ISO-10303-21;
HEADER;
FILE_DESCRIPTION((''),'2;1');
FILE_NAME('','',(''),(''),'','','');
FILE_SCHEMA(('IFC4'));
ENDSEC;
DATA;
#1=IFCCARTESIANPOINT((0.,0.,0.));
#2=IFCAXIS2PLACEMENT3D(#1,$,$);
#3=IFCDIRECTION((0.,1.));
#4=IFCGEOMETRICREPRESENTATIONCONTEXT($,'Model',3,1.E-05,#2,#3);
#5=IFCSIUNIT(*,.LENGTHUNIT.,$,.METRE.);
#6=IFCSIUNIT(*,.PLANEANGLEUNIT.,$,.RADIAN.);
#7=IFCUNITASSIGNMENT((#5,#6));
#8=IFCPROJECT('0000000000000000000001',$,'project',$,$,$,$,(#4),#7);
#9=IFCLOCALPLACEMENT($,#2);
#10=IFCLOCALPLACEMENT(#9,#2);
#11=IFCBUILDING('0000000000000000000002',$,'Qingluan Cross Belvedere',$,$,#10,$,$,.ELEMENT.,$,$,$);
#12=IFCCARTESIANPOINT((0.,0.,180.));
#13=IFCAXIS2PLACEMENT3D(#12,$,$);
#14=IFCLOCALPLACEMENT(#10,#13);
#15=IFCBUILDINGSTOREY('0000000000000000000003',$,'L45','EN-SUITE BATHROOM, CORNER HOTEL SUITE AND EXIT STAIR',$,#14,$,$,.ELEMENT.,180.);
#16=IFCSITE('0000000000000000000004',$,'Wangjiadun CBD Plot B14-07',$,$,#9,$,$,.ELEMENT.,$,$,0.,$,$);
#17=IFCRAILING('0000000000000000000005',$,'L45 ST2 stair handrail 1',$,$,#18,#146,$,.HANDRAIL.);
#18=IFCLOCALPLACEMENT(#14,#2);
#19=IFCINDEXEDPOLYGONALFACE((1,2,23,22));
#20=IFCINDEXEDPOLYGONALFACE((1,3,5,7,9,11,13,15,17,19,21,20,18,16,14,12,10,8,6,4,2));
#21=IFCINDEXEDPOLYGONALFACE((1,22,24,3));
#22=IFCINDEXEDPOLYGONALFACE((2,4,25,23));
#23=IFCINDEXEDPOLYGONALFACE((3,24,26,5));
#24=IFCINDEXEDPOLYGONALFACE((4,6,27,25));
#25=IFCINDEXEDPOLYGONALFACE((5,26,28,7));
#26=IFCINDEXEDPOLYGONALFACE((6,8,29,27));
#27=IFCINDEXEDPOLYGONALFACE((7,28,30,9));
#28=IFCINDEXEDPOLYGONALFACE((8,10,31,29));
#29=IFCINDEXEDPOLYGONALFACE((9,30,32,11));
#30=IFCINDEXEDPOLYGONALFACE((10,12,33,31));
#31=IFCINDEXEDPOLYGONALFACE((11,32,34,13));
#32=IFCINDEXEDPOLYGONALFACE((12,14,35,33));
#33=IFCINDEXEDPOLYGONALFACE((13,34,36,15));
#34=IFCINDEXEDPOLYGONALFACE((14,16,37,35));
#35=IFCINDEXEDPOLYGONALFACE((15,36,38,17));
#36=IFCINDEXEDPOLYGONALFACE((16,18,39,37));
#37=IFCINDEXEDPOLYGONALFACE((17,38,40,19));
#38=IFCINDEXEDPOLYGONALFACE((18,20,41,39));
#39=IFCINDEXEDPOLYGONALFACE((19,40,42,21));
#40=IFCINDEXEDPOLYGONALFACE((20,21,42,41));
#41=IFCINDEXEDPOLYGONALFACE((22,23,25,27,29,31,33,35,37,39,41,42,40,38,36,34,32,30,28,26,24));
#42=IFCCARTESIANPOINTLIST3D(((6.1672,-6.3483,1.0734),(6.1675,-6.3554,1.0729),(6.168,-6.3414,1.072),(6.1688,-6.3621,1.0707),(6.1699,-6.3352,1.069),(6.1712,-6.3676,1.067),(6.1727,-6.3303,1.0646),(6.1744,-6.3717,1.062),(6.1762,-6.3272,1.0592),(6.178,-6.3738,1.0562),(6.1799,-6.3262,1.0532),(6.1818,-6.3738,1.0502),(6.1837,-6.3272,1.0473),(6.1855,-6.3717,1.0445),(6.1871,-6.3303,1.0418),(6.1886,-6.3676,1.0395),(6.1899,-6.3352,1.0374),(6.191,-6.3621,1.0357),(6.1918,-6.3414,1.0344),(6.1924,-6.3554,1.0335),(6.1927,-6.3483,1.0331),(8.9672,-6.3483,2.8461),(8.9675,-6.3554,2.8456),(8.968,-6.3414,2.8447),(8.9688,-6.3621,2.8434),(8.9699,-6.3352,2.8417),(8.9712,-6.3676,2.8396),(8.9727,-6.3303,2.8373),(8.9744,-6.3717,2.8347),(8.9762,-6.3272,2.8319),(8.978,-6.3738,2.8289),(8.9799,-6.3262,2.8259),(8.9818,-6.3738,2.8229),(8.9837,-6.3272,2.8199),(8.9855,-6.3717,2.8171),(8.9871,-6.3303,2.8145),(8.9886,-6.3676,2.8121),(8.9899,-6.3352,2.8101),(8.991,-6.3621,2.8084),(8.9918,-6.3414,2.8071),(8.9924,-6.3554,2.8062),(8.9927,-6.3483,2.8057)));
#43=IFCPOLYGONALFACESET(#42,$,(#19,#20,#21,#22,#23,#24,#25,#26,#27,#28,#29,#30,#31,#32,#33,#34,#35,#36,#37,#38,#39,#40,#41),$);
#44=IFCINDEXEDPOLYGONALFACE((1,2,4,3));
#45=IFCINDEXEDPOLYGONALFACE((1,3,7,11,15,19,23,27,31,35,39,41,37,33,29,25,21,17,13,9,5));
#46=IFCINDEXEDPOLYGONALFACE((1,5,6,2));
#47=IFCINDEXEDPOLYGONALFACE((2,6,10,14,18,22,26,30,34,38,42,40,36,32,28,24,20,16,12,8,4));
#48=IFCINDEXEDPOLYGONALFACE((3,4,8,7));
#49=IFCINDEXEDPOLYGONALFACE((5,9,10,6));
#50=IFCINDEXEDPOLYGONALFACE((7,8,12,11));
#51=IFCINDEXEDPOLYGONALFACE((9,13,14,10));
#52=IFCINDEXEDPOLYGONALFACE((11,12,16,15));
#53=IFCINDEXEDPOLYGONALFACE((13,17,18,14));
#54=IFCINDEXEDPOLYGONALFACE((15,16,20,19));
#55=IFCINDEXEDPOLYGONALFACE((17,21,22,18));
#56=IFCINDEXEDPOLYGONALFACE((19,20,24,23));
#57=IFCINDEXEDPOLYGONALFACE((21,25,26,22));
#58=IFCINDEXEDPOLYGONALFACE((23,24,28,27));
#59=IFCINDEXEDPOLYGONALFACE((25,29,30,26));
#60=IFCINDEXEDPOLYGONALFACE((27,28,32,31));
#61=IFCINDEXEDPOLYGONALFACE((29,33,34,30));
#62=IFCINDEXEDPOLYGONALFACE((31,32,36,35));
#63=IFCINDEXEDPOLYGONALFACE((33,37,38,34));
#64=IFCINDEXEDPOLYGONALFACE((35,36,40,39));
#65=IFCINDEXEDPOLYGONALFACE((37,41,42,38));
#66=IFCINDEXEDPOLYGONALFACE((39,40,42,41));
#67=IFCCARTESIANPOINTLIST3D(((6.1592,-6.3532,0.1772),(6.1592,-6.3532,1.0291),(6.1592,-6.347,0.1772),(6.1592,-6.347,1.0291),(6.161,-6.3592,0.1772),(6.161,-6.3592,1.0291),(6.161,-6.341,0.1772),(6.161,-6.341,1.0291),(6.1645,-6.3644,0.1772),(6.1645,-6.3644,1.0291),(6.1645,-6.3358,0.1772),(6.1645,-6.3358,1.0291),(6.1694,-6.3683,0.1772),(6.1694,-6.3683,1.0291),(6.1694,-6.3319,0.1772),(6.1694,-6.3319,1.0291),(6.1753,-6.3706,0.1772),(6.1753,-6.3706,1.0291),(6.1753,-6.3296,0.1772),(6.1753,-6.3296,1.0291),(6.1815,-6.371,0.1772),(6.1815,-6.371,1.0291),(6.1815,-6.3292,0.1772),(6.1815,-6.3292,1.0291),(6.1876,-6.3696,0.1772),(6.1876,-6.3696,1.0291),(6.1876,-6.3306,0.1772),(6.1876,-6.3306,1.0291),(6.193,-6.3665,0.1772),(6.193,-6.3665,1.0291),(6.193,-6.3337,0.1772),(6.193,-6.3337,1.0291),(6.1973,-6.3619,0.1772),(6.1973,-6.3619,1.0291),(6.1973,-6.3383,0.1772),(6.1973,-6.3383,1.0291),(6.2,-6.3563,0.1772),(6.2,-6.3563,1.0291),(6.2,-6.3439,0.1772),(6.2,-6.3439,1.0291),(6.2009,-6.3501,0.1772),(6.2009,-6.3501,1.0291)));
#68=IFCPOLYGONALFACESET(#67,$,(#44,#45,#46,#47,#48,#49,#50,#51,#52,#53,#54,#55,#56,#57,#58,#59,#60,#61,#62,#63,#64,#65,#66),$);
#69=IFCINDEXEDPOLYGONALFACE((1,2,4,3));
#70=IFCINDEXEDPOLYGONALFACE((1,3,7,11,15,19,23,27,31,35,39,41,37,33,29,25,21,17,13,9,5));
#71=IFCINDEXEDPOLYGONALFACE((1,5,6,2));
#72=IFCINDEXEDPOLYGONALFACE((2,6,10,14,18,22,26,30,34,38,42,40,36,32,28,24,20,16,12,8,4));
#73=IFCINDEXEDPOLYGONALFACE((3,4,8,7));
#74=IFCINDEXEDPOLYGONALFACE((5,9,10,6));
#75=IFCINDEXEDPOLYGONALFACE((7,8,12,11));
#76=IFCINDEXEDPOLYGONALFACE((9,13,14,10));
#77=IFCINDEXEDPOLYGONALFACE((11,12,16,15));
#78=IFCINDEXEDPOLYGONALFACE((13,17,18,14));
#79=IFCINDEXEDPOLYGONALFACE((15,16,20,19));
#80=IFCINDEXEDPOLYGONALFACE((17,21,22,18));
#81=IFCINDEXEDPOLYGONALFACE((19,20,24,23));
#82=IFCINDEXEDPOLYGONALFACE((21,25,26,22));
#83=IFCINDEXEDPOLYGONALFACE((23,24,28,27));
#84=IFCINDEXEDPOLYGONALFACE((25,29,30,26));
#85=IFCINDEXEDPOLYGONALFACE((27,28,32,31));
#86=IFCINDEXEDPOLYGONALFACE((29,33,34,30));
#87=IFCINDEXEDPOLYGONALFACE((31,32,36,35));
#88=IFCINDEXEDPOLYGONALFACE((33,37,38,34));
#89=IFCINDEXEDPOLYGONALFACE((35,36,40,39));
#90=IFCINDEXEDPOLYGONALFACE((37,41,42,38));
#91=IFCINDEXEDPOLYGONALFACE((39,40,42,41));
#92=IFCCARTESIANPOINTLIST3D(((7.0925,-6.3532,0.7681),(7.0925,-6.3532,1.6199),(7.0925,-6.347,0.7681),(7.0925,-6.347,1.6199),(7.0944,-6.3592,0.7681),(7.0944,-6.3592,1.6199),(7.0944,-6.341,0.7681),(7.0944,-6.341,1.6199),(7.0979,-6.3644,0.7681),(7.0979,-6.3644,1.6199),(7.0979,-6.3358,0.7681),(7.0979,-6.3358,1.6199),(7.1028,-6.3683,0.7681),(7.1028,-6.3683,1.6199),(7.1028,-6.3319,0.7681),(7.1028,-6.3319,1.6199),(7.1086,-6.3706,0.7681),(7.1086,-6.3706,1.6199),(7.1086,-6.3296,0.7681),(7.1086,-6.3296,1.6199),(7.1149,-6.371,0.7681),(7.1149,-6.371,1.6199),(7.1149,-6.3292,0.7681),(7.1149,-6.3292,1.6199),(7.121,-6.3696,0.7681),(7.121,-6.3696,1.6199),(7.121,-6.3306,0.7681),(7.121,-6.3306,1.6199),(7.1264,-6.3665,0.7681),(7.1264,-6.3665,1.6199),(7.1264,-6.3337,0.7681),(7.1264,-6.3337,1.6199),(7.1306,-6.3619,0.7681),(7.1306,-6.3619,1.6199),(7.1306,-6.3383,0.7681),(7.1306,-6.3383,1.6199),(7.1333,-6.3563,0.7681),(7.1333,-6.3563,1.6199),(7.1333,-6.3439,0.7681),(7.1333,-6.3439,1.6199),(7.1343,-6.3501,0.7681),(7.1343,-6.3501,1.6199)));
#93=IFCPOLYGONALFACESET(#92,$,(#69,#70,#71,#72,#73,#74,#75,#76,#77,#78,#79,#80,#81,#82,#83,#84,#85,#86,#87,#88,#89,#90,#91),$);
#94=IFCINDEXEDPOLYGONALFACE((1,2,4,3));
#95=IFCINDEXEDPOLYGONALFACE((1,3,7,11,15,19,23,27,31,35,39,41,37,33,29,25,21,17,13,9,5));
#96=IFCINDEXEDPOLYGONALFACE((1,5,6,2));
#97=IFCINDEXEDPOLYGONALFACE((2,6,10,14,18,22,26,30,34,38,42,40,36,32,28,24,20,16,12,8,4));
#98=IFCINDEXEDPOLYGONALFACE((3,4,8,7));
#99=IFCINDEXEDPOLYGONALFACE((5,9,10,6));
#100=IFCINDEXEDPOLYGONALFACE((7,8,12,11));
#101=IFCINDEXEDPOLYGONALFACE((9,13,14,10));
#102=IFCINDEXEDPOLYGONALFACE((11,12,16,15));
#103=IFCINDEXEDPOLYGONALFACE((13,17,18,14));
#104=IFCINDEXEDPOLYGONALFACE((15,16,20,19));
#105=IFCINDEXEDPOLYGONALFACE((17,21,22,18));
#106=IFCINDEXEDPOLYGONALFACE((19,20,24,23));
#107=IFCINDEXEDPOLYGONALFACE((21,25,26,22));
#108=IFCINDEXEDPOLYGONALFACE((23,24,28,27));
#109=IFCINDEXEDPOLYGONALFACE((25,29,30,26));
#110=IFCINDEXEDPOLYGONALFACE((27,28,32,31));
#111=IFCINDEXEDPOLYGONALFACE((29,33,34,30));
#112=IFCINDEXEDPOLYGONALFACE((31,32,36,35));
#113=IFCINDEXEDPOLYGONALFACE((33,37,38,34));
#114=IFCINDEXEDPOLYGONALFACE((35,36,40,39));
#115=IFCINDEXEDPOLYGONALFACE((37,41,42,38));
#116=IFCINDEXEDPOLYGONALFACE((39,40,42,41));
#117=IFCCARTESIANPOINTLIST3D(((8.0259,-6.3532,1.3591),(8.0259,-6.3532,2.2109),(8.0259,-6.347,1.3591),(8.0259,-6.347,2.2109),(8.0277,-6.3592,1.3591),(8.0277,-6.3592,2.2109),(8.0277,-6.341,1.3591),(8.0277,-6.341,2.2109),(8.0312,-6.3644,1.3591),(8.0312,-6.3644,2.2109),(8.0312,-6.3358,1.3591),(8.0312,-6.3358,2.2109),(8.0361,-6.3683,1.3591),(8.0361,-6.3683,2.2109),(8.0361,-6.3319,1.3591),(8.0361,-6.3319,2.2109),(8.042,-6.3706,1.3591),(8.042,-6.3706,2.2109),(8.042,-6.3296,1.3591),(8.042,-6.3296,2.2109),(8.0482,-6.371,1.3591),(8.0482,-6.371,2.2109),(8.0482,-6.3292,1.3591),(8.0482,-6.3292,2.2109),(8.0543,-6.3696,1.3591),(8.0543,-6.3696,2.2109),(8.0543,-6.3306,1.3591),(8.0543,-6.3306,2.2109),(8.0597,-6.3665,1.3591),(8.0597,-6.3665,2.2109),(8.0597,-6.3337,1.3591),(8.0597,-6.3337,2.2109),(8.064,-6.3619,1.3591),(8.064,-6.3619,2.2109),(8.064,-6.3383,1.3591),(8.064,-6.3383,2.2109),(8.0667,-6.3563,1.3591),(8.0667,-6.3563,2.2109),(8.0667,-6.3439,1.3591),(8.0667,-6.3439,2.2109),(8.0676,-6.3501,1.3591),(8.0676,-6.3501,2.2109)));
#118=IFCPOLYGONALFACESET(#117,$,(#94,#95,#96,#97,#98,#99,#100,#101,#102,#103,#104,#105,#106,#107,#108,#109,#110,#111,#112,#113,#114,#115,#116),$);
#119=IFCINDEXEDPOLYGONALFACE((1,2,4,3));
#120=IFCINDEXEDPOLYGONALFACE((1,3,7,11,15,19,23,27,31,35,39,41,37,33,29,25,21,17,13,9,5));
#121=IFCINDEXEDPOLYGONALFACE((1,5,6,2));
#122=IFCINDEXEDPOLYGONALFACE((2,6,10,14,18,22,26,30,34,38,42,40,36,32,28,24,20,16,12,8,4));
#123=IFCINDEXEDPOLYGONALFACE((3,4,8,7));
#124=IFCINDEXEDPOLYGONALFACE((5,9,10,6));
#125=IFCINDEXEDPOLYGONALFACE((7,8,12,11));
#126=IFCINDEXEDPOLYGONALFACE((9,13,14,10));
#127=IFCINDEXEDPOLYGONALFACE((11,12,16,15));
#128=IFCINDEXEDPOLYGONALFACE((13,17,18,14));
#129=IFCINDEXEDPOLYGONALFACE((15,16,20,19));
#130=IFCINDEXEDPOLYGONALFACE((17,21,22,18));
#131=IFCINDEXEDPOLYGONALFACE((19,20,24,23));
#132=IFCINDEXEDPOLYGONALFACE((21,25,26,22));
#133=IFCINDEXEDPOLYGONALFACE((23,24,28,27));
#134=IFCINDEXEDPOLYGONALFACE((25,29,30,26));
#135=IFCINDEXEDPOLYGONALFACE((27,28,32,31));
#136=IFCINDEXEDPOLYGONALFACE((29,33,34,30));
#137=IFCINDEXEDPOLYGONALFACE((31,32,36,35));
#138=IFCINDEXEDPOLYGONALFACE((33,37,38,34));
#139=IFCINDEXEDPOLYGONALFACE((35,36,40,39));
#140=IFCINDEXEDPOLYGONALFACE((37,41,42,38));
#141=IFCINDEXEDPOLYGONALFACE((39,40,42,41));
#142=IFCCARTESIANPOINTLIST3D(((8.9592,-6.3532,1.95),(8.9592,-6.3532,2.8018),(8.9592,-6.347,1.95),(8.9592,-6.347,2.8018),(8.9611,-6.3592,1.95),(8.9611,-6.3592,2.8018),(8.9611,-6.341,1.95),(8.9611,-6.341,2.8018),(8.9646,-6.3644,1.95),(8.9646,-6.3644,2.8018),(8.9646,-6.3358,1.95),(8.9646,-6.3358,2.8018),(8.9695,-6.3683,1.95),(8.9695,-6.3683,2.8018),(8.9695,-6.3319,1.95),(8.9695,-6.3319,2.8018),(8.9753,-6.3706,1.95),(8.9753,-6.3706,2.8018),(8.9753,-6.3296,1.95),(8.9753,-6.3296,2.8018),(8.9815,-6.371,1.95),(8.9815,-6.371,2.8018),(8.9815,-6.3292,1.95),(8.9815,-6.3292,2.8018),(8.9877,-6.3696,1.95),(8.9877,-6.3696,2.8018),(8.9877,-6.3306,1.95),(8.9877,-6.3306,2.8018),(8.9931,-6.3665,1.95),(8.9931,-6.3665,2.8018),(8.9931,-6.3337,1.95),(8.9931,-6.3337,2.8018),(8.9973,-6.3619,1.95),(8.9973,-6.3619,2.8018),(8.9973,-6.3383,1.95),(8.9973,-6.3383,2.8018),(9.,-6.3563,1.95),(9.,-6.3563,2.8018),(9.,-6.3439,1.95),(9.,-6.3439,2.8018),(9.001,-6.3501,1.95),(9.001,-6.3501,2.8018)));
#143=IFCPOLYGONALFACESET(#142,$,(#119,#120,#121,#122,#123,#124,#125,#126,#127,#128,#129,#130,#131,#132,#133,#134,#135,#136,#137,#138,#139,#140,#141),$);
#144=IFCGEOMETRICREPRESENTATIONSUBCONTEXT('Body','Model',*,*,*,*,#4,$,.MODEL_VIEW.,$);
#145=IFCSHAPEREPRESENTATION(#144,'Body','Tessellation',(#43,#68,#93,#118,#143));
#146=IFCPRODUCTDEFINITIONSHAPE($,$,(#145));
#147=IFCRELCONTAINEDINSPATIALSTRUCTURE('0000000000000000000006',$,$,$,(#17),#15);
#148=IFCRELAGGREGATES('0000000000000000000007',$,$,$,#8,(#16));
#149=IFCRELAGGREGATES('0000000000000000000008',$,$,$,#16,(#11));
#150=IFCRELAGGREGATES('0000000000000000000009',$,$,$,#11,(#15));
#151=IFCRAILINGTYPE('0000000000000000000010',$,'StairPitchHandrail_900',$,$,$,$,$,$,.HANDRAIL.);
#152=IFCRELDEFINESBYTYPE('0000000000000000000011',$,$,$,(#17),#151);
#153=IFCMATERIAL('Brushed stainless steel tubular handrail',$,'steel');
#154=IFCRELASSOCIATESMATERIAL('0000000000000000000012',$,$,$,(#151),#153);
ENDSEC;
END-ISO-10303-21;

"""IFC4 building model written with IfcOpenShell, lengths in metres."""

from ifc_helpers import new_model, si_unit, direction, frame, origin, origin_2d, place, context, subcontext, project, spatial, circle, extrude, material, type_object, element, save


model = new_model("IFC4")

# Units and contexts
model_context = context("Model", 3, precision=1e-05, world=origin(), true_north=direction((0.0, 1.0)))
body_context = subcontext(model_context, "Body", "Model", "MODEL_VIEW")
ifc_project = project(units=[si_unit("LENGTHUNIT", "METRE"), si_unit("PLANEANGLEUNIT", "RADIAN")], contexts=[model_context])

# Site, building, storey
site_placement = place(None, origin())
site = spatial("IfcSite", under=ifc_project, at=site_placement, Name="Wangjiadun CBD Plot B14-07", CompositionType="ELEMENT", RefElevation=0.0)
building_placement = place(site_placement, origin())
building = spatial("IfcBuilding", under=site, at=building_placement, Name="Qingluan Cross Belvedere", CompositionType="ELEMENT")
storey_placement = place(building_placement, frame((0.0, 0.0, 180.0)))
storey = spatial("IfcBuildingStorey", under=building, at=storey_placement, Name="L45", Description="EN-SUITE BATHROOM, CORNER HOTEL SUITE AND EXIT STAIR", CompositionType="ELEMENT", Elevation=180.0)

# Railing
ifc_material_1 = material(Name="Brushed stainless steel tubular handrail", Category="steel")
railing_type_1 = type_object("IfcRailingType", Name="StairPitchHandrail_900", PredefinedType="HANDRAIL", material=ifc_material_1)
railing_1_placement = place(storey_placement, frame((6.1799, -6.3501, 0.1772)))
element("IfcRailing", 1, at=railing_1_placement, inside=storey, type_object=railing_type_1, Name="L45 ST2 stair handrail 1", PredefinedType="HANDRAIL", context=body_context, shape_type="SweptSolid", body=[
    extrude(circle(Radius=0.0239, at=origin_2d()), frame((0.0, 0.0, 0.876), z_axis=(0.844909, 0.0, 0.53491), x_axis=(0.0, 1.0, 0.0)), (0.0, 0.0, 1.0), 3.314),
    extrude(circle(Radius=0.021, at=origin_2d()), origin(), (0.0, 0.0, 1.0), 0.8518),
    extrude(circle(Radius=0.021, at=origin_2d()), frame((0.9333, 0.0, 0.5908)), (0.0, 0.0, 1.0), 0.8518),
    extrude(circle(Radius=0.021, at=origin_2d()), frame((1.8667, 0.0, 1.1819)), (0.0, 0.0, 1.0), 0.8518),
    extrude(circle(Radius=0.021, at=origin_2d()), frame((2.8, 0.0, 1.7727)), (0.0, 0.0, 1.0), 0.8518),
])

save(model, "model.ifc")
